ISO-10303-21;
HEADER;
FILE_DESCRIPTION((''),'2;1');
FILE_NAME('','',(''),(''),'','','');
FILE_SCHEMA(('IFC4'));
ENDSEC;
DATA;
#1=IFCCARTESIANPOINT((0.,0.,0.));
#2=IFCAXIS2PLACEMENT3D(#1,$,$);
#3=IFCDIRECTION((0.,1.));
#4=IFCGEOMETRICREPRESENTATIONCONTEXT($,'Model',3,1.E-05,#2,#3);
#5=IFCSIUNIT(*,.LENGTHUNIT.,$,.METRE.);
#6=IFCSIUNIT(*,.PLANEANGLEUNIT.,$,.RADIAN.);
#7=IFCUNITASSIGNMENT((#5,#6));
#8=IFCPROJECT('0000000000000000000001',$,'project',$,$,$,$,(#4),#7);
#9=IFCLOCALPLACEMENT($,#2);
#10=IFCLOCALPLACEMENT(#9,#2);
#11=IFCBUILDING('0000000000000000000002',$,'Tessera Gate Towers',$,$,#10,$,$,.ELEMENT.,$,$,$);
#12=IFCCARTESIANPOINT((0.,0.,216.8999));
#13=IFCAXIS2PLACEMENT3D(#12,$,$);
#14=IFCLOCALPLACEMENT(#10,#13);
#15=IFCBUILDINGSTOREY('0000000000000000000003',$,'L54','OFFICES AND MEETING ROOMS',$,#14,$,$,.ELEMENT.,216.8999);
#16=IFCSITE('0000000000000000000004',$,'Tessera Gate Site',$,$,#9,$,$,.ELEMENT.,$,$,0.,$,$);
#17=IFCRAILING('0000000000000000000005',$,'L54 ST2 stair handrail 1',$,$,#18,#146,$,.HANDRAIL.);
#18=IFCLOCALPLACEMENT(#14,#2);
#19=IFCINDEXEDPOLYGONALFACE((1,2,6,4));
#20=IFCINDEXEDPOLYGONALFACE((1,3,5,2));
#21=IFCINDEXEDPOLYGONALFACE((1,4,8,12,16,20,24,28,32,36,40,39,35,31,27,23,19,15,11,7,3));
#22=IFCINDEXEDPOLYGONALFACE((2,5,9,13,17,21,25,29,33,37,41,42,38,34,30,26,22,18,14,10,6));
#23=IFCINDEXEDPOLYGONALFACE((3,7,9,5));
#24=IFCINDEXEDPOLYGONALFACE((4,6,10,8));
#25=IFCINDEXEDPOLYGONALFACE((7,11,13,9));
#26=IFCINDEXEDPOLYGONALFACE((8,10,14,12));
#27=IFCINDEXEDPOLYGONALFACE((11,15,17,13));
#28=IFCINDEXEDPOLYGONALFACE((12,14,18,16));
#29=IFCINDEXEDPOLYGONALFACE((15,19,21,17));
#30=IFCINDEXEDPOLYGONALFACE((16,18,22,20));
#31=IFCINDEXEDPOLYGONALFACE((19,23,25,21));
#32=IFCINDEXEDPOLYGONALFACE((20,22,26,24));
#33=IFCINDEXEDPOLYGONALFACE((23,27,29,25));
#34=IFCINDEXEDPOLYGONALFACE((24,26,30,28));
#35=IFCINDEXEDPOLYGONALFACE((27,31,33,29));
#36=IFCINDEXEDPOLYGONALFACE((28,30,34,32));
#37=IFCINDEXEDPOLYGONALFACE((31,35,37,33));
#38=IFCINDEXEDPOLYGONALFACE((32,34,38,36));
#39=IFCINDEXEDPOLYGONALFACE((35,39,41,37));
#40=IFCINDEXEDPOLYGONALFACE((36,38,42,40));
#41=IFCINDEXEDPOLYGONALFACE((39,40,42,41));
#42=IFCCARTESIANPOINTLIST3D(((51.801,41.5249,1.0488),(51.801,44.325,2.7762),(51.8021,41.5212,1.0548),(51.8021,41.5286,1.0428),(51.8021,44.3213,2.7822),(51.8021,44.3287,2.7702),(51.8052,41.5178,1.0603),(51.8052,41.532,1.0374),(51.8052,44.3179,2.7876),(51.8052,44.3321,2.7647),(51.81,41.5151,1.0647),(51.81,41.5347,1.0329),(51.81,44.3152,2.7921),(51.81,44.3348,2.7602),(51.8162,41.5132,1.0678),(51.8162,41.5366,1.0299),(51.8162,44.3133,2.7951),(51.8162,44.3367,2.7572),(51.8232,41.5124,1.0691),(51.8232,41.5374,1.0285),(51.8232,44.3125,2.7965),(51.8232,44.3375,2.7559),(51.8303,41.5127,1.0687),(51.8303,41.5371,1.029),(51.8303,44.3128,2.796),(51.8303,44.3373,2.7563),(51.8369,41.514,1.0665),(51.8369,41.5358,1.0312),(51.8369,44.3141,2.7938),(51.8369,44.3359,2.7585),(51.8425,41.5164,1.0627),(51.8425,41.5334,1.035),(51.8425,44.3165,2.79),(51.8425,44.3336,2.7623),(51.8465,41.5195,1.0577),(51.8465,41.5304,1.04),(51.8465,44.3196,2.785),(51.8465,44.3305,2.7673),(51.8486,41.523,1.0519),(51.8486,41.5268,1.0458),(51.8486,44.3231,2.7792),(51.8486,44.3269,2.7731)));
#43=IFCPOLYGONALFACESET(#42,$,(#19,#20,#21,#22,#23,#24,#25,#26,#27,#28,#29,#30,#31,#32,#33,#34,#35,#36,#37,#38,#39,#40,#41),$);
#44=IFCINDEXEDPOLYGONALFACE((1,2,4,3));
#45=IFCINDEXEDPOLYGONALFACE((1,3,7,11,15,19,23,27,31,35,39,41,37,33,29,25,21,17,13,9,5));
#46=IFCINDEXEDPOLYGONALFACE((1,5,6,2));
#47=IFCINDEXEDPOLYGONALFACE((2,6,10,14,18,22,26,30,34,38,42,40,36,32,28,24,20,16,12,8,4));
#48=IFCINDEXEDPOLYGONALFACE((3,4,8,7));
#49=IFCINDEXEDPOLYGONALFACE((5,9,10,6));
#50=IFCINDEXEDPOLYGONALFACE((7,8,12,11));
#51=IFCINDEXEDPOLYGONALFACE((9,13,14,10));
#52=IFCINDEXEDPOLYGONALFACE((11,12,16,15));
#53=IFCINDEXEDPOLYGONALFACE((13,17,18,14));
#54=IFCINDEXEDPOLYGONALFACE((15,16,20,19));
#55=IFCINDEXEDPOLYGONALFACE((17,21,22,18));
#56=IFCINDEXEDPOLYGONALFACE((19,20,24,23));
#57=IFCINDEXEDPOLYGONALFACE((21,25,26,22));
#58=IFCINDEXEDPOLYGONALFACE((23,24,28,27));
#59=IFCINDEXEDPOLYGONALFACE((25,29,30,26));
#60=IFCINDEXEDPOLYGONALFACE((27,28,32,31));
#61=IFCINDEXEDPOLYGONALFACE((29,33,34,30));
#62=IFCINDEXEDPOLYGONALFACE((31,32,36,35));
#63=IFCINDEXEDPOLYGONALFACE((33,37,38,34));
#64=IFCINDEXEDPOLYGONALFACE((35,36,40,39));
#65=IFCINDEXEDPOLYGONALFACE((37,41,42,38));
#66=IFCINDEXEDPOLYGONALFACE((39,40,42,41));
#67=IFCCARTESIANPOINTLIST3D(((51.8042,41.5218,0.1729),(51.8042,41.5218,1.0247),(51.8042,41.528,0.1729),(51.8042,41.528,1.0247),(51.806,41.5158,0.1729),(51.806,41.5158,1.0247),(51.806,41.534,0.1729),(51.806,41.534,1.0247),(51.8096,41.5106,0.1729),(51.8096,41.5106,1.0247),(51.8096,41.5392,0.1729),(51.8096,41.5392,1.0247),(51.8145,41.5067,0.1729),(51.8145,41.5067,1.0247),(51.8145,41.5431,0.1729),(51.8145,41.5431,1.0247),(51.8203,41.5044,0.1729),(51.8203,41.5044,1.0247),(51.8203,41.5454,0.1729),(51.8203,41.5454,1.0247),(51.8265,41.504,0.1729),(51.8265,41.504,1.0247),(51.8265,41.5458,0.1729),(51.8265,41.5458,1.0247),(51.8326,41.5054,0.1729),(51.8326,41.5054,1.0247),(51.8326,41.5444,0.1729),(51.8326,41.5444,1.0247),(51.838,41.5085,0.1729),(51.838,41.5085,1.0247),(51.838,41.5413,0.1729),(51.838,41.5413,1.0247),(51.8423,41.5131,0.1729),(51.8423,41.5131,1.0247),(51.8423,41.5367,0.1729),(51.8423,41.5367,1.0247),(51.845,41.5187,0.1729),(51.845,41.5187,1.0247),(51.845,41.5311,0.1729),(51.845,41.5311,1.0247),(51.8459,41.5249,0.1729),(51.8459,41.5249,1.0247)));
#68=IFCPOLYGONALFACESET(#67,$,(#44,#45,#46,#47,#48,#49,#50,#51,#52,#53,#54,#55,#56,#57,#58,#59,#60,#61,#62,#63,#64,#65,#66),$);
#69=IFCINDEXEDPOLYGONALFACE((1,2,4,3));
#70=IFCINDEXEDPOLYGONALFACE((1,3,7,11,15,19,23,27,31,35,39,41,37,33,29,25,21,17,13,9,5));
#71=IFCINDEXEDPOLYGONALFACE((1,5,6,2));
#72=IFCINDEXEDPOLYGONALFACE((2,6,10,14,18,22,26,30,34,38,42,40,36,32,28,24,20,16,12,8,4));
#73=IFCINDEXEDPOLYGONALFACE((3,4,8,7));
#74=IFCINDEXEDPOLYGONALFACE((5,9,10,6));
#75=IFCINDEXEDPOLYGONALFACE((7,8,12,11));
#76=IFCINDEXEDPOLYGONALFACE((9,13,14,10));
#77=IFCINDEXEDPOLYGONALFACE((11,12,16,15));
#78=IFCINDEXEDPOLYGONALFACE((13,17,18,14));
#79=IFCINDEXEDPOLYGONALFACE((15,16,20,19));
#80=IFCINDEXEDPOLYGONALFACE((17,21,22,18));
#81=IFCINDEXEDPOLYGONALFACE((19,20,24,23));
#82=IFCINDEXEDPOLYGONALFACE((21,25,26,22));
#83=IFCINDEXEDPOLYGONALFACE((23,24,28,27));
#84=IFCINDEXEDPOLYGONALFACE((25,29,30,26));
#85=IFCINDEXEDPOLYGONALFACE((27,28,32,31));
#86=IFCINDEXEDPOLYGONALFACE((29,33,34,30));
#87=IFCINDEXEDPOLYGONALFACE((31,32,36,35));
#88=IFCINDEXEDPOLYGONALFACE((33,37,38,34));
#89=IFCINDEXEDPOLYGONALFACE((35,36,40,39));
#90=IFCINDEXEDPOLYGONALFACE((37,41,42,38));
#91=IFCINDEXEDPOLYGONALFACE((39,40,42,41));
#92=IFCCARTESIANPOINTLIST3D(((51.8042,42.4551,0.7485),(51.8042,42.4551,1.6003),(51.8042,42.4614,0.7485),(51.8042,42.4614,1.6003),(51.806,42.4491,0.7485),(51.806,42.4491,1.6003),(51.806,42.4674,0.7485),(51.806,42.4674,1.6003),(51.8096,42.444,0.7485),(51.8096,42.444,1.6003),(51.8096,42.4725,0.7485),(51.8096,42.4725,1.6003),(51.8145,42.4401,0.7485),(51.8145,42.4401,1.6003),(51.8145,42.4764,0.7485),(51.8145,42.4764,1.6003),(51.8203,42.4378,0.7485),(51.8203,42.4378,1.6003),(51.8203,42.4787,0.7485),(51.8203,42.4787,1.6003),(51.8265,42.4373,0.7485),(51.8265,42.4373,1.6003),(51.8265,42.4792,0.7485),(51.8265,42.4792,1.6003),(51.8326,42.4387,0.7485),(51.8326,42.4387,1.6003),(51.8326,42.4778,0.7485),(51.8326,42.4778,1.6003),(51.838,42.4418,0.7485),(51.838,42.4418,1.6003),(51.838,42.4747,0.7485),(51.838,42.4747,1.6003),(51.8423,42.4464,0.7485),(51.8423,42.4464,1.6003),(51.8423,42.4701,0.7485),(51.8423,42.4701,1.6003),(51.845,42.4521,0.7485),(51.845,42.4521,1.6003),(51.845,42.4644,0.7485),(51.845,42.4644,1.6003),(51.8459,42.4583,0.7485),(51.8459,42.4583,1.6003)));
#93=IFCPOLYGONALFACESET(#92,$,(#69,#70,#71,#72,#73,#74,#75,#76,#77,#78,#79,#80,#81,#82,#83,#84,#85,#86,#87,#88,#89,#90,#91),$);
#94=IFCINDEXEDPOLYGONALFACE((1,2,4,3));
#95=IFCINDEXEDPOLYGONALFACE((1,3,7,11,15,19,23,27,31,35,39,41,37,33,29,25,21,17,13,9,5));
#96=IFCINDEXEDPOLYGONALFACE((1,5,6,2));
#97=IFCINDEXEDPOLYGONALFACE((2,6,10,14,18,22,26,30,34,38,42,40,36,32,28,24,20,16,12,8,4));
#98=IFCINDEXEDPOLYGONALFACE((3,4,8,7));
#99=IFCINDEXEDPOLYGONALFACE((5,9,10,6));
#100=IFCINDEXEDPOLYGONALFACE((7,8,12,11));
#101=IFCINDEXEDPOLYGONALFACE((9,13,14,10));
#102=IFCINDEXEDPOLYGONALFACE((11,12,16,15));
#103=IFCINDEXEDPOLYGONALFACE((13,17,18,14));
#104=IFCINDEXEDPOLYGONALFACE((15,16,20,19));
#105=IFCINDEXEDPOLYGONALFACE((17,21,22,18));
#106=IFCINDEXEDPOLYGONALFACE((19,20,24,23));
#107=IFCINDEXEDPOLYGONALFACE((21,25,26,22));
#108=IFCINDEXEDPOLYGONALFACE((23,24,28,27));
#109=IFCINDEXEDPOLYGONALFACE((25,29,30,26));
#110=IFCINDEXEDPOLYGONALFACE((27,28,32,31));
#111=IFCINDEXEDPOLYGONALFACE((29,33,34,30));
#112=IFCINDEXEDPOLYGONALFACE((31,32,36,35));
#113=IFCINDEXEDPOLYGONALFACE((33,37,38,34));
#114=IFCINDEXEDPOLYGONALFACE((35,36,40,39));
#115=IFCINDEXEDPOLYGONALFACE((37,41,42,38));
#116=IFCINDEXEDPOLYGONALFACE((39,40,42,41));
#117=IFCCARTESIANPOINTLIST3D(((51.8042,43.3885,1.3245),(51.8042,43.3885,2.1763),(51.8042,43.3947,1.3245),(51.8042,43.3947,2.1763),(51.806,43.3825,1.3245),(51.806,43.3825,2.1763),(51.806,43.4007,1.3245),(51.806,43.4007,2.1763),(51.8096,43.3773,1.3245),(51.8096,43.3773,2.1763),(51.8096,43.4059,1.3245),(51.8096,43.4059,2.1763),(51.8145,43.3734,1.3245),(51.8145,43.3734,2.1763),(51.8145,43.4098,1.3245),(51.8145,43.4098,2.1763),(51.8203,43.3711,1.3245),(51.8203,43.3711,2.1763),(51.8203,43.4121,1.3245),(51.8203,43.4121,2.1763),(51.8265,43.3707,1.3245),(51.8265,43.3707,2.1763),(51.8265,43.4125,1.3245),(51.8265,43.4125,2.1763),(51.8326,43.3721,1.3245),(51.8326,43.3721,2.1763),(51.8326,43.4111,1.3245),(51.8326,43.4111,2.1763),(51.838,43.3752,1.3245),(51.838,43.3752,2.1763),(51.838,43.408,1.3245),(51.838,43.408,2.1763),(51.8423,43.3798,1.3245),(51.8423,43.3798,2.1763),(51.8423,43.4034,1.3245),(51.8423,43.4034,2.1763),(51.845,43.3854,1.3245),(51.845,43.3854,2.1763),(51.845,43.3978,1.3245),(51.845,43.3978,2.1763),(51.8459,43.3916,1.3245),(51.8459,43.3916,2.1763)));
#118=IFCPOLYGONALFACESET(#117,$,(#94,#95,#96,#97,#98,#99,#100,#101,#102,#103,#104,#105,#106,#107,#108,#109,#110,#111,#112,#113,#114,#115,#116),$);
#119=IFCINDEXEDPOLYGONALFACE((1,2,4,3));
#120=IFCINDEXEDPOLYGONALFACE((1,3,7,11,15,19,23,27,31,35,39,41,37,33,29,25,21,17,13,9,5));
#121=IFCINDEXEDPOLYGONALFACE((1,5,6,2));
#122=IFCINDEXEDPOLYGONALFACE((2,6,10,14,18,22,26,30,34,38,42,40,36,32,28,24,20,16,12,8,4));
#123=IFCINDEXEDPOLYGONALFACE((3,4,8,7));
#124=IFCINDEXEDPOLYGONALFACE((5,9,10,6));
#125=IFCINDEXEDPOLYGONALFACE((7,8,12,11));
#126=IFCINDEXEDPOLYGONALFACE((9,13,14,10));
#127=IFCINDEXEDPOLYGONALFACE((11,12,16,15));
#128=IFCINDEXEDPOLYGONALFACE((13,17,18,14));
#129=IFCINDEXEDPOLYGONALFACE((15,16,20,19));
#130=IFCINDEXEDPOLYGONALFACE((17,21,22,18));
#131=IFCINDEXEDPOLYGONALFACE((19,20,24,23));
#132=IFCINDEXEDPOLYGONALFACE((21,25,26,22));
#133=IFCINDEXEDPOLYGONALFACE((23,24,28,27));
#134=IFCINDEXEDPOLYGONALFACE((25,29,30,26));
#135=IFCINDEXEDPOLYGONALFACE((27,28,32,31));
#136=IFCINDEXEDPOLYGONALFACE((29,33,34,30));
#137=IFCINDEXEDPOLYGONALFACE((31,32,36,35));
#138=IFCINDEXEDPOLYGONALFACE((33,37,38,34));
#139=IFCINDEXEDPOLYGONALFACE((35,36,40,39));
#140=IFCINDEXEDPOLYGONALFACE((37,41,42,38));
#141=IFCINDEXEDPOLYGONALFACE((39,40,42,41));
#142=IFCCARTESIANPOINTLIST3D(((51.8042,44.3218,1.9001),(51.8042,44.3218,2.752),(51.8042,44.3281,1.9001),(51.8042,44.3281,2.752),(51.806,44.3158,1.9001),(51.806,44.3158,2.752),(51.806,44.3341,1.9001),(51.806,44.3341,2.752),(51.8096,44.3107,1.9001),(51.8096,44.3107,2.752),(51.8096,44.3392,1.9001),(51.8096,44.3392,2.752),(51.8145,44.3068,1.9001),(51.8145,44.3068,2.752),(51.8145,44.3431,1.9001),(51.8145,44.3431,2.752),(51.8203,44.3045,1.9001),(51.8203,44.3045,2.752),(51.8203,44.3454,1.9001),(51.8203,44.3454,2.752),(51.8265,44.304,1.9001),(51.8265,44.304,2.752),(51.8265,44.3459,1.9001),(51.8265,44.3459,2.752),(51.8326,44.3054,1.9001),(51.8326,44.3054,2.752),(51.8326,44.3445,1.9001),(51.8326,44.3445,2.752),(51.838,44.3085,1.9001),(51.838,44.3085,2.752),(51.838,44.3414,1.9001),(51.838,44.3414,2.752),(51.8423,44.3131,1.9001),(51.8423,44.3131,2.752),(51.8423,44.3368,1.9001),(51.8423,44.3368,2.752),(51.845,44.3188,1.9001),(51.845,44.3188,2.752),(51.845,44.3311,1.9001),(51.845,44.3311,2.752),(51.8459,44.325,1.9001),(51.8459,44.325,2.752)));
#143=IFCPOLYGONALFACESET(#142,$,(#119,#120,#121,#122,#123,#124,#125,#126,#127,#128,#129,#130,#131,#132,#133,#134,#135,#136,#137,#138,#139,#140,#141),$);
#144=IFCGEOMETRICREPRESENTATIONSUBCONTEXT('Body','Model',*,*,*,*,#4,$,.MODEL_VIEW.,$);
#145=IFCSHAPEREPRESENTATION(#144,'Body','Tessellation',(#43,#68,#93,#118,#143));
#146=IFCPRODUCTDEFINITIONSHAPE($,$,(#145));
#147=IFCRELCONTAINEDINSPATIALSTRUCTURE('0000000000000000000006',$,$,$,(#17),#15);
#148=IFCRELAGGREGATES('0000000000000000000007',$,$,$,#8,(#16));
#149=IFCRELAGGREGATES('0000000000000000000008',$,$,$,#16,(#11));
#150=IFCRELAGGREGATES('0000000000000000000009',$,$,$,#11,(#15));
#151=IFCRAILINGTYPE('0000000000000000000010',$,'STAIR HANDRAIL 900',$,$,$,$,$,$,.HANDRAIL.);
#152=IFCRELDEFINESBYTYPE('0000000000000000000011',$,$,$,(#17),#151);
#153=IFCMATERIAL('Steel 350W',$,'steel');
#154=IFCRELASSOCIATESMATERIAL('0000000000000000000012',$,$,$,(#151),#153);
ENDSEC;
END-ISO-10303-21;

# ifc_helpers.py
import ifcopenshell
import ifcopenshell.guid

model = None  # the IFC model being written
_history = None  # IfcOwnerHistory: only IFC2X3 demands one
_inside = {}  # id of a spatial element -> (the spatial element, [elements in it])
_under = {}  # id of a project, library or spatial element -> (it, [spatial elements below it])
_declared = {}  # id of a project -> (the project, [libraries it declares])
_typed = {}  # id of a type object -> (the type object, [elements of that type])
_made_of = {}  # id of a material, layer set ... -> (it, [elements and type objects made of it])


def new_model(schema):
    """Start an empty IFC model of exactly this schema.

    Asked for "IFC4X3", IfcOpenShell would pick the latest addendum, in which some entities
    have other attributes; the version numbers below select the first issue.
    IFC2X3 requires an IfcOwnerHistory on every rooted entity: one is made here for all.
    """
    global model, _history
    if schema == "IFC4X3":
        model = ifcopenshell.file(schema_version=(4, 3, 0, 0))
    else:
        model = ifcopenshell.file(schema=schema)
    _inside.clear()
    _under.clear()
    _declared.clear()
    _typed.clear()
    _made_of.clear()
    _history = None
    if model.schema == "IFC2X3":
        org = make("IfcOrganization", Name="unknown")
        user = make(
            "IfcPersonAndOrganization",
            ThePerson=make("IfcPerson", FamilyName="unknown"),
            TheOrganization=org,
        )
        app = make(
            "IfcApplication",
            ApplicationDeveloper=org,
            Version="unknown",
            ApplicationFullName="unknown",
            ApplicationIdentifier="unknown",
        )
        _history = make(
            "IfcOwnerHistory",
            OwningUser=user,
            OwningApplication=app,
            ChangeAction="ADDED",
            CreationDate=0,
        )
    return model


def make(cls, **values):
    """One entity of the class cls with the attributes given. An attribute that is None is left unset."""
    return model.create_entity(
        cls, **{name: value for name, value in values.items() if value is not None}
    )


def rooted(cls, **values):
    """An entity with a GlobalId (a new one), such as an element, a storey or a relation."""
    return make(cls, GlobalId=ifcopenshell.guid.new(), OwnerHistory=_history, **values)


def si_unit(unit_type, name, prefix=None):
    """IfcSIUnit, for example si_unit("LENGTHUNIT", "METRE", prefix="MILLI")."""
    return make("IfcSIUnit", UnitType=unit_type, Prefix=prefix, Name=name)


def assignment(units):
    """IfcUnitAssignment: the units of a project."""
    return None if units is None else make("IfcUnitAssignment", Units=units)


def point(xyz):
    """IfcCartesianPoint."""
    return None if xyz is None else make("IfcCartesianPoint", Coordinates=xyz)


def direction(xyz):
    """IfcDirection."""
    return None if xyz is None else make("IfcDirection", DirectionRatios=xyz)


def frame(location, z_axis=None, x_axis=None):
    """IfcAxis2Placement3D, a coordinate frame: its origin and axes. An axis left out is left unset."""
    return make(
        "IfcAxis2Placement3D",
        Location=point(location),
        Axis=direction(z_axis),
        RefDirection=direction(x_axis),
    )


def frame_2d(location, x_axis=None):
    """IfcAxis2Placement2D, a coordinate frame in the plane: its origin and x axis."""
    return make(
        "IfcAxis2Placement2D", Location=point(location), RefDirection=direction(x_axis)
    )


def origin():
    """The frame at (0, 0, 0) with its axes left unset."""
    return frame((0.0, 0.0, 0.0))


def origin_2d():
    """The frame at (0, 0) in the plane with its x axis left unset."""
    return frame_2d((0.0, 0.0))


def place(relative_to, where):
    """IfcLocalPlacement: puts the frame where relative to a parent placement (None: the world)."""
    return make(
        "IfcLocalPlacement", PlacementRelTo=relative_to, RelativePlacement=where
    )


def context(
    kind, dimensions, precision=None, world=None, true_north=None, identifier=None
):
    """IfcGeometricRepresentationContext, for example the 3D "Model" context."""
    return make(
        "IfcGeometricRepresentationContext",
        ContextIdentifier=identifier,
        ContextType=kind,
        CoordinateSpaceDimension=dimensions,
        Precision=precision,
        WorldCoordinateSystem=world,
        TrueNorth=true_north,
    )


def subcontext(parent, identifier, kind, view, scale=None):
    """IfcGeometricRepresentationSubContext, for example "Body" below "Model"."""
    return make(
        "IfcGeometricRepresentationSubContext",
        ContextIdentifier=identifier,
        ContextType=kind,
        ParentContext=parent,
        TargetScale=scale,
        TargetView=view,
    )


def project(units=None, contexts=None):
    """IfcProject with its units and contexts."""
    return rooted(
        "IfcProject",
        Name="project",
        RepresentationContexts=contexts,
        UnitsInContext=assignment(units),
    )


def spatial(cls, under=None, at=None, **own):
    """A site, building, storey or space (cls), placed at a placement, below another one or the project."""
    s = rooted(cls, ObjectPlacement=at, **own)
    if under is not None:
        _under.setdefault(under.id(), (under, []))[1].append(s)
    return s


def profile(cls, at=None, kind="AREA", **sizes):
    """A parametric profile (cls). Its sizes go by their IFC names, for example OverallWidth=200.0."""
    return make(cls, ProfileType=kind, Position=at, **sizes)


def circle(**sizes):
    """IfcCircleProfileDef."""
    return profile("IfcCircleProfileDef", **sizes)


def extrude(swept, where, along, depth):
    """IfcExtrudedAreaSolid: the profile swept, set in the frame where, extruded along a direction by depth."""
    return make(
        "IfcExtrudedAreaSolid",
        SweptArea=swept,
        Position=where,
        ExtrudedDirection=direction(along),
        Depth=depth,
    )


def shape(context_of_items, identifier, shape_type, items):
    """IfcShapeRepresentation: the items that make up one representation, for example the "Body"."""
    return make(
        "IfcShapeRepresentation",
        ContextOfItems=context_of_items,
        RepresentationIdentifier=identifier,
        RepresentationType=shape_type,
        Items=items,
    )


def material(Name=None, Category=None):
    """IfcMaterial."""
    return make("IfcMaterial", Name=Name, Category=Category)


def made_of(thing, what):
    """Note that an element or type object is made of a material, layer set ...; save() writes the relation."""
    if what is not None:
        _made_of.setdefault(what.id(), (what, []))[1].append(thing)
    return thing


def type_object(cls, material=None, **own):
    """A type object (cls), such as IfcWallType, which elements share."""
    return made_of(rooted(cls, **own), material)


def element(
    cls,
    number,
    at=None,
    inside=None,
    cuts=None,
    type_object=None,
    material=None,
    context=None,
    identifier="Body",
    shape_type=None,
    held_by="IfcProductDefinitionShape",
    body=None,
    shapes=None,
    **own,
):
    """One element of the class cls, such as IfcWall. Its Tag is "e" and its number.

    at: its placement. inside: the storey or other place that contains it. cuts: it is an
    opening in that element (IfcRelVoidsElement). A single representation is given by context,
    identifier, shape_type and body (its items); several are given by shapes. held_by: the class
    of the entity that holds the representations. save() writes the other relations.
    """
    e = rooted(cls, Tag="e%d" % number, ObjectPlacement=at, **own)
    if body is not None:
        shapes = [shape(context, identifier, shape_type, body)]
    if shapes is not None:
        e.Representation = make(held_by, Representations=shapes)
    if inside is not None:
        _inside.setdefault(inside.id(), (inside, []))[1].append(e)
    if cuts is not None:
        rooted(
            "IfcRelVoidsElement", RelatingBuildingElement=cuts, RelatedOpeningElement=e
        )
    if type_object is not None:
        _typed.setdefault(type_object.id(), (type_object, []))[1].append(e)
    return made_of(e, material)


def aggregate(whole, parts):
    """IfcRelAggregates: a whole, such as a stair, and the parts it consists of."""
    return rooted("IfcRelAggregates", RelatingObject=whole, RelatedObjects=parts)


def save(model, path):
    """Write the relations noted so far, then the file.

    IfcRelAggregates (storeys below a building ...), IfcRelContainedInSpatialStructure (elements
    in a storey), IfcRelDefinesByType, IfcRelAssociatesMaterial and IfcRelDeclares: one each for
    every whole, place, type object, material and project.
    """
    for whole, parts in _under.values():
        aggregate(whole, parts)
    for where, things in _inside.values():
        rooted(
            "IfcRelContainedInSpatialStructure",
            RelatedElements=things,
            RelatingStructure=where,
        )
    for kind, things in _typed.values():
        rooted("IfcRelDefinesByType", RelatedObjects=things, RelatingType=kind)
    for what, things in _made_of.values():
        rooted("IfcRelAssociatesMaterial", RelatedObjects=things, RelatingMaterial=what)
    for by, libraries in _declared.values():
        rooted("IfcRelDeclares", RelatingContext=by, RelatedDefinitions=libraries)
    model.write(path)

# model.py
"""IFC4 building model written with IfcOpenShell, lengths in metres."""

from ifc_helpers import new_model, si_unit, direction, frame, origin, origin_2d, place, context, subcontext, project, spatial, circle, extrude, material, type_object, element, save


model = new_model("IFC4")

# Units and contexts
model_context = context("Model", 3, precision=1e-05, world=origin(), true_north=direction((0.0, 1.0)))
body_context = subcontext(model_context, "Body", "Model", "MODEL_VIEW")
ifc_project = project(units=[si_unit("LENGTHUNIT", "METRE"), si_unit("PLANEANGLEUNIT", "RADIAN")], contexts=[model_context])

# Site, building, storey
site_placement = place(None, origin())
site = spatial("IfcSite", under=ifc_project, at=site_placement, Name="Tessera Gate Site", CompositionType="ELEMENT", RefElevation=0.0)
building_placement = place(site_placement, origin())
building = spatial("IfcBuilding", under=site, at=building_placement, Name="Tessera Gate Towers", CompositionType="ELEMENT")
storey_placement = place(building_placement, frame((0.0, 0.0, 216.8999)))
storey = spatial("IfcBuildingStorey", under=building, at=storey_placement, Name="L54", Description="OFFICES AND MEETING ROOMS", CompositionType="ELEMENT", Elevation=216.8999)

# Railing
ifc_material_1 = material(Name="Steel 350W", Category="steel")
railing_type_1 = type_object("IfcRailingType", Name="STAIR HANDRAIL 900", PredefinedType="HANDRAIL", material=ifc_material_1)
railing_1_placement = place(storey_placement, frame((51.825, 41.5249, 0.1729)))
element("IfcRailing", 1, at=railing_1_placement, inside=storey, type_object=railing_type_1, Name="L54 ST2 stair handrail 1", PredefinedType="HANDRAIL", context=body_context, shape_type="SweptSolid", body=[
    extrude(circle(Radius=0.0239, at=origin_2d()), frame((0.0, 0.0, 0.876), z_axis=(0.0, 0.85109, 0.52502), x_axis=(-1.0, 0.0, 0.0)), (0.0, 0.0, 1.0), 3.29),
    extrude(circle(Radius=0.021, at=origin_2d()), origin(), (0.0, 0.0, 1.0), 0.8518),
    extrude(circle(Radius=0.021, at=origin_2d()), frame((0.0, 0.9333, 0.5757)), (0.0, 0.0, 1.0), 0.8518),
    extrude(circle(Radius=0.021, at=origin_2d()), frame((0.0, 1.8667, 1.1516)), (0.0, 0.0, 1.0), 0.8518),
    extrude(circle(Radius=0.021, at=origin_2d()), frame((0.0, 2.8, 1.7273)), (0.0, 0.0, 1.0), 0.8518),
])

save(model, "model.ifc")
